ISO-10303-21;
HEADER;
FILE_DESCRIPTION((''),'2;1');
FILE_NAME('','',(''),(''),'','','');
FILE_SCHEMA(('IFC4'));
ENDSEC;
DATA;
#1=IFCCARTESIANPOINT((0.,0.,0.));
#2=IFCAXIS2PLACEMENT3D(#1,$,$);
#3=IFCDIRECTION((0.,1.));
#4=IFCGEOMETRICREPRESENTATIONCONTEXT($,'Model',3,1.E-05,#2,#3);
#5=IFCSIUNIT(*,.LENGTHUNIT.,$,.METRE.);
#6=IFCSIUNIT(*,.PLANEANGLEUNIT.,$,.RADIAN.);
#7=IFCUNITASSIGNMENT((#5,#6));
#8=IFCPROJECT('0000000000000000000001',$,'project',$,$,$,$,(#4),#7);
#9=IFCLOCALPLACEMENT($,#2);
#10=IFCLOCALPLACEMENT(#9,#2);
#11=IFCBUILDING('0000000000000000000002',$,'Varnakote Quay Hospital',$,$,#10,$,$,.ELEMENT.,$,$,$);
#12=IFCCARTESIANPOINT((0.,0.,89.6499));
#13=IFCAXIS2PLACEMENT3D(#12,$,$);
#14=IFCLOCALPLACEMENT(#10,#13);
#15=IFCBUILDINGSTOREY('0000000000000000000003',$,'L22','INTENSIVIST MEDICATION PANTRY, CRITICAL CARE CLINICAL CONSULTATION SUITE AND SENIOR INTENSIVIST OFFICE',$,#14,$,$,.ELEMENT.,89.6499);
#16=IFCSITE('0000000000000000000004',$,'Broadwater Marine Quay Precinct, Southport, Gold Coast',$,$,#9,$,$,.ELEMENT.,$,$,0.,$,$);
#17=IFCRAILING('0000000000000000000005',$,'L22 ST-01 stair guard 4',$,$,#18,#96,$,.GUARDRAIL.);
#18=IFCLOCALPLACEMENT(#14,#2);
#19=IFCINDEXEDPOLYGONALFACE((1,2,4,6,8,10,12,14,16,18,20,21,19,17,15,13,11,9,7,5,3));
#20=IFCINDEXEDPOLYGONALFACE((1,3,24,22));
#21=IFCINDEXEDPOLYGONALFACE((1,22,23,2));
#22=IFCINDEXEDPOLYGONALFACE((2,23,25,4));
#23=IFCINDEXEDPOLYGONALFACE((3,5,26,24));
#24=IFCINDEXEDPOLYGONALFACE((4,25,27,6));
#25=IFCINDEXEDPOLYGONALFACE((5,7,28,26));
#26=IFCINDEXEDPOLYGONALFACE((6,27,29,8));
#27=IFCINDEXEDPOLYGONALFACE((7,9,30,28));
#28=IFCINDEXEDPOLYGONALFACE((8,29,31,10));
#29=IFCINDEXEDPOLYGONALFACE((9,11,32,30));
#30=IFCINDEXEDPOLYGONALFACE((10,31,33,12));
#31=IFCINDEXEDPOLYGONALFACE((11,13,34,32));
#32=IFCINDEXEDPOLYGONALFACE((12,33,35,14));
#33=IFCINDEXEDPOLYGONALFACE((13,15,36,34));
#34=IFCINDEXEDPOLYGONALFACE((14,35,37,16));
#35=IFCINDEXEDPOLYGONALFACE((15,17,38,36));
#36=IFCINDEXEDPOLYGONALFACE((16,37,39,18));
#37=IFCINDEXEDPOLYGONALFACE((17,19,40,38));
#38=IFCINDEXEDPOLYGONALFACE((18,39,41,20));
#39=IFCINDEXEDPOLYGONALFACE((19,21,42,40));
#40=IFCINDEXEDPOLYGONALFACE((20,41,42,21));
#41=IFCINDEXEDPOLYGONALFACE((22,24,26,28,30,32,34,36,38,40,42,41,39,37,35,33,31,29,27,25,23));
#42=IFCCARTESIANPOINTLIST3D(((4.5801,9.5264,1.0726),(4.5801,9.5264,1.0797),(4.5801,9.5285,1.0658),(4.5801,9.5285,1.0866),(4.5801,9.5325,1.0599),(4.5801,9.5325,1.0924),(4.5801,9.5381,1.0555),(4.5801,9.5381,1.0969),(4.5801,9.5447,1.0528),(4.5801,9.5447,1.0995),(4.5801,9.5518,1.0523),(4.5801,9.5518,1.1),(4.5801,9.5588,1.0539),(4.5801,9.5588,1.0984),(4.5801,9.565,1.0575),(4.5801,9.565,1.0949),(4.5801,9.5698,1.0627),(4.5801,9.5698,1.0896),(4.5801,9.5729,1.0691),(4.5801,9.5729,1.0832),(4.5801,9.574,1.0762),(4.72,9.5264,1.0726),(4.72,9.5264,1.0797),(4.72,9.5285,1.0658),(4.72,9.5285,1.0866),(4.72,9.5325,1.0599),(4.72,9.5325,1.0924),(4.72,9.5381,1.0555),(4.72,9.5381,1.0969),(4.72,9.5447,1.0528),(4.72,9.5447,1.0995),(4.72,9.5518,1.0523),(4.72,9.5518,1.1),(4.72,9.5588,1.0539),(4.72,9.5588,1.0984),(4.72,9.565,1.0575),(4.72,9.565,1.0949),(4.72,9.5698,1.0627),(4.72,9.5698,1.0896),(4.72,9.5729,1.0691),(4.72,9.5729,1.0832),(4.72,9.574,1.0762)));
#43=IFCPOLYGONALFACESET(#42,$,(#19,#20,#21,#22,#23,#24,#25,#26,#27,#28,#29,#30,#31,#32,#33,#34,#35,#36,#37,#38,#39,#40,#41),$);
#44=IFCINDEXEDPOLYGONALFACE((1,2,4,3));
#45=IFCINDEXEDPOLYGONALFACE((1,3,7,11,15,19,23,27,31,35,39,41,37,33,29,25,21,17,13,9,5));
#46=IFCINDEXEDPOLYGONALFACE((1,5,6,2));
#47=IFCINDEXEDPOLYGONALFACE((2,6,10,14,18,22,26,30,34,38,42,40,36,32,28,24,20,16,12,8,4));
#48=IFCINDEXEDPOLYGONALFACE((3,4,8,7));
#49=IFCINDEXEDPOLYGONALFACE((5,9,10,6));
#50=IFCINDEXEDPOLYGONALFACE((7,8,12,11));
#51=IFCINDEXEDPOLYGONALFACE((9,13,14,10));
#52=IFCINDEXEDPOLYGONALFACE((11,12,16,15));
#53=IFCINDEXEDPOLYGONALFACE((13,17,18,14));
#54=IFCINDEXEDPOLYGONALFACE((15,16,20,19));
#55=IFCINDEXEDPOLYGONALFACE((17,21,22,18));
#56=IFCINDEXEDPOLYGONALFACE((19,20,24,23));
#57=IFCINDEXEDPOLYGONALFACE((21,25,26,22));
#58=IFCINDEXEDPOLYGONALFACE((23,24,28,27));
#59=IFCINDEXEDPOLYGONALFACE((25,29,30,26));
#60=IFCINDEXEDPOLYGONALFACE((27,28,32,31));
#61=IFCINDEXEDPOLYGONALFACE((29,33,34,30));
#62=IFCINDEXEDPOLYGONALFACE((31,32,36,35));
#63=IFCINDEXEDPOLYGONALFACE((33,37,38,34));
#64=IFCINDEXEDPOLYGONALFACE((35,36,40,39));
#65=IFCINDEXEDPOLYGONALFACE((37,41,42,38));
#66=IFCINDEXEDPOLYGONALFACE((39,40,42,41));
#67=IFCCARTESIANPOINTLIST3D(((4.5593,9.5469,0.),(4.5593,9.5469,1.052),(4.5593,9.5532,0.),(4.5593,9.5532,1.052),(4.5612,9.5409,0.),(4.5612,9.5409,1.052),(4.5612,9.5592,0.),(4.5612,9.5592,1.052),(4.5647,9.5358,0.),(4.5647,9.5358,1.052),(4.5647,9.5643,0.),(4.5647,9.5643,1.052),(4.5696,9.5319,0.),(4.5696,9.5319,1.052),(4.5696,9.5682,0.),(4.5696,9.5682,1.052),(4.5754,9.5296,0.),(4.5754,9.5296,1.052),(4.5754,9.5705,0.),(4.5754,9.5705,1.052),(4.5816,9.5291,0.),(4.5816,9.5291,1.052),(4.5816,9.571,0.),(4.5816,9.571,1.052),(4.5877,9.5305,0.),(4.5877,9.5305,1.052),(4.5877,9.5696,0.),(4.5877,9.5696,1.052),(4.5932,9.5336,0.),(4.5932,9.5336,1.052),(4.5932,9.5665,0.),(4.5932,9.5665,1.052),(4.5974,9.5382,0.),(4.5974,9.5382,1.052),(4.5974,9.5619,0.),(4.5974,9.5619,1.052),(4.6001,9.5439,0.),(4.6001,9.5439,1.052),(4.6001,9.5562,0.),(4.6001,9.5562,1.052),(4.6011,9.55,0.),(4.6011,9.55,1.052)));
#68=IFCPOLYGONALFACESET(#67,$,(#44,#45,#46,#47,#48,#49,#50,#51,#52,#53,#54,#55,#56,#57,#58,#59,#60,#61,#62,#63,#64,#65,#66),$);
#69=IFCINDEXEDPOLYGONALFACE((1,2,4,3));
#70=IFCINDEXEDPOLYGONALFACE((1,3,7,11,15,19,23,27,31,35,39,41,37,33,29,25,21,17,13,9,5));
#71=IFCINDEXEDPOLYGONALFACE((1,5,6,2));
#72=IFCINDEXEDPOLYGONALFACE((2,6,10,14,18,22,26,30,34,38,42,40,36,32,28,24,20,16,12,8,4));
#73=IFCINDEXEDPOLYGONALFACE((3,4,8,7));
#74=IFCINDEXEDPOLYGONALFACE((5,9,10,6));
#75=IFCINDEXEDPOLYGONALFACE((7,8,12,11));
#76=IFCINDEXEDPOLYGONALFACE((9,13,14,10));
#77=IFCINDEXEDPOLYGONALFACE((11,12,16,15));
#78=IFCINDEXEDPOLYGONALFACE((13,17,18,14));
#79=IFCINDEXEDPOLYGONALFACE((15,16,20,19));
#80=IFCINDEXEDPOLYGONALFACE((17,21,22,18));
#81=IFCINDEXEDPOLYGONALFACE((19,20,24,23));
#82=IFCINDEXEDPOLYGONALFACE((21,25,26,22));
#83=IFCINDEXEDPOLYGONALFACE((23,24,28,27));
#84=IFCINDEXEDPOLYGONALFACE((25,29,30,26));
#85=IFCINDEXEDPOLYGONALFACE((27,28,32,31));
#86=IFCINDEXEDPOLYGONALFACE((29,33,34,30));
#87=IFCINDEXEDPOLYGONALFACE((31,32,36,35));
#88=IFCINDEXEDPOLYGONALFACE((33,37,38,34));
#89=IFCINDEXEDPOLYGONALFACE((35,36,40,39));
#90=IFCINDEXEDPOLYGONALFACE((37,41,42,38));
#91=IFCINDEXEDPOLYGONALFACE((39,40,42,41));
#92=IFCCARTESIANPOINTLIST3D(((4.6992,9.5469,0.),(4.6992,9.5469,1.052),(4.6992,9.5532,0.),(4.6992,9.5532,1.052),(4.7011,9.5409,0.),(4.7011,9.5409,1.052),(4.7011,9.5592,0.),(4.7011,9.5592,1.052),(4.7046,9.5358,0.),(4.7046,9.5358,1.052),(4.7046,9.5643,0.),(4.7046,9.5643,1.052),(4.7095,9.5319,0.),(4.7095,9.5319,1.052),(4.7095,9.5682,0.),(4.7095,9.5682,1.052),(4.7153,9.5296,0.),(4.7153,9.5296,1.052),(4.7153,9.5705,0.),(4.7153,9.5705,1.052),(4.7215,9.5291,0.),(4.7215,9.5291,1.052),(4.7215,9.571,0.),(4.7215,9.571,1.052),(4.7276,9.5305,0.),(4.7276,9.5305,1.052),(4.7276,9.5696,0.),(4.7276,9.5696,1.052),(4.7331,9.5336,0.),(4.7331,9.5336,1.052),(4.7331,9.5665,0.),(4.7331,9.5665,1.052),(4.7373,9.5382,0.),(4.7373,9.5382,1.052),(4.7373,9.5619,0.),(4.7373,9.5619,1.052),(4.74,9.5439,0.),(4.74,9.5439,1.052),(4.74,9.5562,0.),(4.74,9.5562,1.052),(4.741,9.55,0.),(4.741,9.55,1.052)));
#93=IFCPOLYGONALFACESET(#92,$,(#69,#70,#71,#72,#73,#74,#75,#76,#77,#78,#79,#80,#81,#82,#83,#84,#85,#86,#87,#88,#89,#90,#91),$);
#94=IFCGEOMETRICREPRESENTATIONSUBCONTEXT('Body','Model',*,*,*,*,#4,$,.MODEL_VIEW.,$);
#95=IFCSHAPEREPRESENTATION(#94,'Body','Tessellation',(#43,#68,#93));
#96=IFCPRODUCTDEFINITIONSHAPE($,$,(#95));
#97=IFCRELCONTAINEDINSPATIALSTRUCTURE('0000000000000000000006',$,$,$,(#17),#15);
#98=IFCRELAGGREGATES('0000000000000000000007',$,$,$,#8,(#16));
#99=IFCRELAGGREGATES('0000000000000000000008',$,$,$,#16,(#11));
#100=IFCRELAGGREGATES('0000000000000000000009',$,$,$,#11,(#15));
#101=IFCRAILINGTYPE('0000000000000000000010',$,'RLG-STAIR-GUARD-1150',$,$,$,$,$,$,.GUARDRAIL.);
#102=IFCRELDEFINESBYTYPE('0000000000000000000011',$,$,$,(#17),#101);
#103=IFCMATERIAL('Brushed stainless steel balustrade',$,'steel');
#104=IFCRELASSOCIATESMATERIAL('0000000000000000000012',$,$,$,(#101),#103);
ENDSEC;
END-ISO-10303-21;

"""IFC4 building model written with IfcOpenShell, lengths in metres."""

from ifc_helpers import new_model, si_unit, direction, frame, origin, origin_2d, place, context, subcontext, project, spatial, circle, extrude, material, type_object, element, save


model = new_model("IFC4")

# Units and contexts
model_context = context("Model", 3, precision=1e-05, world=origin(), true_north=direction((0.0, 1.0)))
body_context = subcontext(model_context, "Body", "Model", "MODEL_VIEW")
ifc_project = project(units=[si_unit("LENGTHUNIT", "METRE"), si_unit("PLANEANGLEUNIT", "RADIAN")], contexts=[model_context])

# Site, building, storey
site_placement = place(None, origin())
site = spatial("IfcSite", under=ifc_project, at=site_placement, Name="Broadwater Marine Quay Precinct, Southport, Gold Coast", CompositionType="ELEMENT", RefElevation=0.0)
building_placement = place(site_placement, origin())
building = spatial("IfcBuilding", under=site, at=building_placement, Name="Varnakote Quay Hospital", CompositionType="ELEMENT")
storey_placement = place(building_placement, frame((0.0, 0.0, 89.6499)))
storey = spatial("IfcBuildingStorey", under=building, at=storey_placement, Name="L22", Description="INTENSIVIST MEDICATION PANTRY, CRITICAL CARE CLINICAL CONSULTATION SUITE AND SENIOR INTENSIVIST OFFICE", CompositionType="ELEMENT", Elevation=89.6499)

# Railing
ifc_material_1 = material(Name="Brushed stainless steel balustrade", Category="steel")
railing_type_1 = type_object("IfcRailingType", Name="RLG-STAIR-GUARD-1150", PredefinedType="GUARDRAIL", material=ifc_material_1)
railing_1_placement = place(storey_placement, frame((4.5801, 9.55, 0.0)))
element("IfcRailing", 1, at=railing_1_placement, inside=storey, type_object=railing_type_1, Name="L22 ST-01 stair guard 4", PredefinedType="GUARDRAIL", context=body_context, shape_type="SweptSolid", body=[
    extrude(circle(Radius=0.0239, at=origin_2d()), frame((0.0, 0.0, 1.0762), z_axis=(1.0, 0.0, 0.0), x_axis=(0.0, 1.0, 0.0)), (0.0, 0.0, 1.0), 0.1399),
    extrude(circle(Radius=0.021, at=origin_2d()), origin(), (0.0, 0.0, 1.0), 1.052),
    extrude(circle(Radius=0.021, at=origin_2d()), frame((0.1399, 0.0, 0.0)), (0.0, 0.0, 1.0), 1.052),
])

save(model, "model.ifc")
